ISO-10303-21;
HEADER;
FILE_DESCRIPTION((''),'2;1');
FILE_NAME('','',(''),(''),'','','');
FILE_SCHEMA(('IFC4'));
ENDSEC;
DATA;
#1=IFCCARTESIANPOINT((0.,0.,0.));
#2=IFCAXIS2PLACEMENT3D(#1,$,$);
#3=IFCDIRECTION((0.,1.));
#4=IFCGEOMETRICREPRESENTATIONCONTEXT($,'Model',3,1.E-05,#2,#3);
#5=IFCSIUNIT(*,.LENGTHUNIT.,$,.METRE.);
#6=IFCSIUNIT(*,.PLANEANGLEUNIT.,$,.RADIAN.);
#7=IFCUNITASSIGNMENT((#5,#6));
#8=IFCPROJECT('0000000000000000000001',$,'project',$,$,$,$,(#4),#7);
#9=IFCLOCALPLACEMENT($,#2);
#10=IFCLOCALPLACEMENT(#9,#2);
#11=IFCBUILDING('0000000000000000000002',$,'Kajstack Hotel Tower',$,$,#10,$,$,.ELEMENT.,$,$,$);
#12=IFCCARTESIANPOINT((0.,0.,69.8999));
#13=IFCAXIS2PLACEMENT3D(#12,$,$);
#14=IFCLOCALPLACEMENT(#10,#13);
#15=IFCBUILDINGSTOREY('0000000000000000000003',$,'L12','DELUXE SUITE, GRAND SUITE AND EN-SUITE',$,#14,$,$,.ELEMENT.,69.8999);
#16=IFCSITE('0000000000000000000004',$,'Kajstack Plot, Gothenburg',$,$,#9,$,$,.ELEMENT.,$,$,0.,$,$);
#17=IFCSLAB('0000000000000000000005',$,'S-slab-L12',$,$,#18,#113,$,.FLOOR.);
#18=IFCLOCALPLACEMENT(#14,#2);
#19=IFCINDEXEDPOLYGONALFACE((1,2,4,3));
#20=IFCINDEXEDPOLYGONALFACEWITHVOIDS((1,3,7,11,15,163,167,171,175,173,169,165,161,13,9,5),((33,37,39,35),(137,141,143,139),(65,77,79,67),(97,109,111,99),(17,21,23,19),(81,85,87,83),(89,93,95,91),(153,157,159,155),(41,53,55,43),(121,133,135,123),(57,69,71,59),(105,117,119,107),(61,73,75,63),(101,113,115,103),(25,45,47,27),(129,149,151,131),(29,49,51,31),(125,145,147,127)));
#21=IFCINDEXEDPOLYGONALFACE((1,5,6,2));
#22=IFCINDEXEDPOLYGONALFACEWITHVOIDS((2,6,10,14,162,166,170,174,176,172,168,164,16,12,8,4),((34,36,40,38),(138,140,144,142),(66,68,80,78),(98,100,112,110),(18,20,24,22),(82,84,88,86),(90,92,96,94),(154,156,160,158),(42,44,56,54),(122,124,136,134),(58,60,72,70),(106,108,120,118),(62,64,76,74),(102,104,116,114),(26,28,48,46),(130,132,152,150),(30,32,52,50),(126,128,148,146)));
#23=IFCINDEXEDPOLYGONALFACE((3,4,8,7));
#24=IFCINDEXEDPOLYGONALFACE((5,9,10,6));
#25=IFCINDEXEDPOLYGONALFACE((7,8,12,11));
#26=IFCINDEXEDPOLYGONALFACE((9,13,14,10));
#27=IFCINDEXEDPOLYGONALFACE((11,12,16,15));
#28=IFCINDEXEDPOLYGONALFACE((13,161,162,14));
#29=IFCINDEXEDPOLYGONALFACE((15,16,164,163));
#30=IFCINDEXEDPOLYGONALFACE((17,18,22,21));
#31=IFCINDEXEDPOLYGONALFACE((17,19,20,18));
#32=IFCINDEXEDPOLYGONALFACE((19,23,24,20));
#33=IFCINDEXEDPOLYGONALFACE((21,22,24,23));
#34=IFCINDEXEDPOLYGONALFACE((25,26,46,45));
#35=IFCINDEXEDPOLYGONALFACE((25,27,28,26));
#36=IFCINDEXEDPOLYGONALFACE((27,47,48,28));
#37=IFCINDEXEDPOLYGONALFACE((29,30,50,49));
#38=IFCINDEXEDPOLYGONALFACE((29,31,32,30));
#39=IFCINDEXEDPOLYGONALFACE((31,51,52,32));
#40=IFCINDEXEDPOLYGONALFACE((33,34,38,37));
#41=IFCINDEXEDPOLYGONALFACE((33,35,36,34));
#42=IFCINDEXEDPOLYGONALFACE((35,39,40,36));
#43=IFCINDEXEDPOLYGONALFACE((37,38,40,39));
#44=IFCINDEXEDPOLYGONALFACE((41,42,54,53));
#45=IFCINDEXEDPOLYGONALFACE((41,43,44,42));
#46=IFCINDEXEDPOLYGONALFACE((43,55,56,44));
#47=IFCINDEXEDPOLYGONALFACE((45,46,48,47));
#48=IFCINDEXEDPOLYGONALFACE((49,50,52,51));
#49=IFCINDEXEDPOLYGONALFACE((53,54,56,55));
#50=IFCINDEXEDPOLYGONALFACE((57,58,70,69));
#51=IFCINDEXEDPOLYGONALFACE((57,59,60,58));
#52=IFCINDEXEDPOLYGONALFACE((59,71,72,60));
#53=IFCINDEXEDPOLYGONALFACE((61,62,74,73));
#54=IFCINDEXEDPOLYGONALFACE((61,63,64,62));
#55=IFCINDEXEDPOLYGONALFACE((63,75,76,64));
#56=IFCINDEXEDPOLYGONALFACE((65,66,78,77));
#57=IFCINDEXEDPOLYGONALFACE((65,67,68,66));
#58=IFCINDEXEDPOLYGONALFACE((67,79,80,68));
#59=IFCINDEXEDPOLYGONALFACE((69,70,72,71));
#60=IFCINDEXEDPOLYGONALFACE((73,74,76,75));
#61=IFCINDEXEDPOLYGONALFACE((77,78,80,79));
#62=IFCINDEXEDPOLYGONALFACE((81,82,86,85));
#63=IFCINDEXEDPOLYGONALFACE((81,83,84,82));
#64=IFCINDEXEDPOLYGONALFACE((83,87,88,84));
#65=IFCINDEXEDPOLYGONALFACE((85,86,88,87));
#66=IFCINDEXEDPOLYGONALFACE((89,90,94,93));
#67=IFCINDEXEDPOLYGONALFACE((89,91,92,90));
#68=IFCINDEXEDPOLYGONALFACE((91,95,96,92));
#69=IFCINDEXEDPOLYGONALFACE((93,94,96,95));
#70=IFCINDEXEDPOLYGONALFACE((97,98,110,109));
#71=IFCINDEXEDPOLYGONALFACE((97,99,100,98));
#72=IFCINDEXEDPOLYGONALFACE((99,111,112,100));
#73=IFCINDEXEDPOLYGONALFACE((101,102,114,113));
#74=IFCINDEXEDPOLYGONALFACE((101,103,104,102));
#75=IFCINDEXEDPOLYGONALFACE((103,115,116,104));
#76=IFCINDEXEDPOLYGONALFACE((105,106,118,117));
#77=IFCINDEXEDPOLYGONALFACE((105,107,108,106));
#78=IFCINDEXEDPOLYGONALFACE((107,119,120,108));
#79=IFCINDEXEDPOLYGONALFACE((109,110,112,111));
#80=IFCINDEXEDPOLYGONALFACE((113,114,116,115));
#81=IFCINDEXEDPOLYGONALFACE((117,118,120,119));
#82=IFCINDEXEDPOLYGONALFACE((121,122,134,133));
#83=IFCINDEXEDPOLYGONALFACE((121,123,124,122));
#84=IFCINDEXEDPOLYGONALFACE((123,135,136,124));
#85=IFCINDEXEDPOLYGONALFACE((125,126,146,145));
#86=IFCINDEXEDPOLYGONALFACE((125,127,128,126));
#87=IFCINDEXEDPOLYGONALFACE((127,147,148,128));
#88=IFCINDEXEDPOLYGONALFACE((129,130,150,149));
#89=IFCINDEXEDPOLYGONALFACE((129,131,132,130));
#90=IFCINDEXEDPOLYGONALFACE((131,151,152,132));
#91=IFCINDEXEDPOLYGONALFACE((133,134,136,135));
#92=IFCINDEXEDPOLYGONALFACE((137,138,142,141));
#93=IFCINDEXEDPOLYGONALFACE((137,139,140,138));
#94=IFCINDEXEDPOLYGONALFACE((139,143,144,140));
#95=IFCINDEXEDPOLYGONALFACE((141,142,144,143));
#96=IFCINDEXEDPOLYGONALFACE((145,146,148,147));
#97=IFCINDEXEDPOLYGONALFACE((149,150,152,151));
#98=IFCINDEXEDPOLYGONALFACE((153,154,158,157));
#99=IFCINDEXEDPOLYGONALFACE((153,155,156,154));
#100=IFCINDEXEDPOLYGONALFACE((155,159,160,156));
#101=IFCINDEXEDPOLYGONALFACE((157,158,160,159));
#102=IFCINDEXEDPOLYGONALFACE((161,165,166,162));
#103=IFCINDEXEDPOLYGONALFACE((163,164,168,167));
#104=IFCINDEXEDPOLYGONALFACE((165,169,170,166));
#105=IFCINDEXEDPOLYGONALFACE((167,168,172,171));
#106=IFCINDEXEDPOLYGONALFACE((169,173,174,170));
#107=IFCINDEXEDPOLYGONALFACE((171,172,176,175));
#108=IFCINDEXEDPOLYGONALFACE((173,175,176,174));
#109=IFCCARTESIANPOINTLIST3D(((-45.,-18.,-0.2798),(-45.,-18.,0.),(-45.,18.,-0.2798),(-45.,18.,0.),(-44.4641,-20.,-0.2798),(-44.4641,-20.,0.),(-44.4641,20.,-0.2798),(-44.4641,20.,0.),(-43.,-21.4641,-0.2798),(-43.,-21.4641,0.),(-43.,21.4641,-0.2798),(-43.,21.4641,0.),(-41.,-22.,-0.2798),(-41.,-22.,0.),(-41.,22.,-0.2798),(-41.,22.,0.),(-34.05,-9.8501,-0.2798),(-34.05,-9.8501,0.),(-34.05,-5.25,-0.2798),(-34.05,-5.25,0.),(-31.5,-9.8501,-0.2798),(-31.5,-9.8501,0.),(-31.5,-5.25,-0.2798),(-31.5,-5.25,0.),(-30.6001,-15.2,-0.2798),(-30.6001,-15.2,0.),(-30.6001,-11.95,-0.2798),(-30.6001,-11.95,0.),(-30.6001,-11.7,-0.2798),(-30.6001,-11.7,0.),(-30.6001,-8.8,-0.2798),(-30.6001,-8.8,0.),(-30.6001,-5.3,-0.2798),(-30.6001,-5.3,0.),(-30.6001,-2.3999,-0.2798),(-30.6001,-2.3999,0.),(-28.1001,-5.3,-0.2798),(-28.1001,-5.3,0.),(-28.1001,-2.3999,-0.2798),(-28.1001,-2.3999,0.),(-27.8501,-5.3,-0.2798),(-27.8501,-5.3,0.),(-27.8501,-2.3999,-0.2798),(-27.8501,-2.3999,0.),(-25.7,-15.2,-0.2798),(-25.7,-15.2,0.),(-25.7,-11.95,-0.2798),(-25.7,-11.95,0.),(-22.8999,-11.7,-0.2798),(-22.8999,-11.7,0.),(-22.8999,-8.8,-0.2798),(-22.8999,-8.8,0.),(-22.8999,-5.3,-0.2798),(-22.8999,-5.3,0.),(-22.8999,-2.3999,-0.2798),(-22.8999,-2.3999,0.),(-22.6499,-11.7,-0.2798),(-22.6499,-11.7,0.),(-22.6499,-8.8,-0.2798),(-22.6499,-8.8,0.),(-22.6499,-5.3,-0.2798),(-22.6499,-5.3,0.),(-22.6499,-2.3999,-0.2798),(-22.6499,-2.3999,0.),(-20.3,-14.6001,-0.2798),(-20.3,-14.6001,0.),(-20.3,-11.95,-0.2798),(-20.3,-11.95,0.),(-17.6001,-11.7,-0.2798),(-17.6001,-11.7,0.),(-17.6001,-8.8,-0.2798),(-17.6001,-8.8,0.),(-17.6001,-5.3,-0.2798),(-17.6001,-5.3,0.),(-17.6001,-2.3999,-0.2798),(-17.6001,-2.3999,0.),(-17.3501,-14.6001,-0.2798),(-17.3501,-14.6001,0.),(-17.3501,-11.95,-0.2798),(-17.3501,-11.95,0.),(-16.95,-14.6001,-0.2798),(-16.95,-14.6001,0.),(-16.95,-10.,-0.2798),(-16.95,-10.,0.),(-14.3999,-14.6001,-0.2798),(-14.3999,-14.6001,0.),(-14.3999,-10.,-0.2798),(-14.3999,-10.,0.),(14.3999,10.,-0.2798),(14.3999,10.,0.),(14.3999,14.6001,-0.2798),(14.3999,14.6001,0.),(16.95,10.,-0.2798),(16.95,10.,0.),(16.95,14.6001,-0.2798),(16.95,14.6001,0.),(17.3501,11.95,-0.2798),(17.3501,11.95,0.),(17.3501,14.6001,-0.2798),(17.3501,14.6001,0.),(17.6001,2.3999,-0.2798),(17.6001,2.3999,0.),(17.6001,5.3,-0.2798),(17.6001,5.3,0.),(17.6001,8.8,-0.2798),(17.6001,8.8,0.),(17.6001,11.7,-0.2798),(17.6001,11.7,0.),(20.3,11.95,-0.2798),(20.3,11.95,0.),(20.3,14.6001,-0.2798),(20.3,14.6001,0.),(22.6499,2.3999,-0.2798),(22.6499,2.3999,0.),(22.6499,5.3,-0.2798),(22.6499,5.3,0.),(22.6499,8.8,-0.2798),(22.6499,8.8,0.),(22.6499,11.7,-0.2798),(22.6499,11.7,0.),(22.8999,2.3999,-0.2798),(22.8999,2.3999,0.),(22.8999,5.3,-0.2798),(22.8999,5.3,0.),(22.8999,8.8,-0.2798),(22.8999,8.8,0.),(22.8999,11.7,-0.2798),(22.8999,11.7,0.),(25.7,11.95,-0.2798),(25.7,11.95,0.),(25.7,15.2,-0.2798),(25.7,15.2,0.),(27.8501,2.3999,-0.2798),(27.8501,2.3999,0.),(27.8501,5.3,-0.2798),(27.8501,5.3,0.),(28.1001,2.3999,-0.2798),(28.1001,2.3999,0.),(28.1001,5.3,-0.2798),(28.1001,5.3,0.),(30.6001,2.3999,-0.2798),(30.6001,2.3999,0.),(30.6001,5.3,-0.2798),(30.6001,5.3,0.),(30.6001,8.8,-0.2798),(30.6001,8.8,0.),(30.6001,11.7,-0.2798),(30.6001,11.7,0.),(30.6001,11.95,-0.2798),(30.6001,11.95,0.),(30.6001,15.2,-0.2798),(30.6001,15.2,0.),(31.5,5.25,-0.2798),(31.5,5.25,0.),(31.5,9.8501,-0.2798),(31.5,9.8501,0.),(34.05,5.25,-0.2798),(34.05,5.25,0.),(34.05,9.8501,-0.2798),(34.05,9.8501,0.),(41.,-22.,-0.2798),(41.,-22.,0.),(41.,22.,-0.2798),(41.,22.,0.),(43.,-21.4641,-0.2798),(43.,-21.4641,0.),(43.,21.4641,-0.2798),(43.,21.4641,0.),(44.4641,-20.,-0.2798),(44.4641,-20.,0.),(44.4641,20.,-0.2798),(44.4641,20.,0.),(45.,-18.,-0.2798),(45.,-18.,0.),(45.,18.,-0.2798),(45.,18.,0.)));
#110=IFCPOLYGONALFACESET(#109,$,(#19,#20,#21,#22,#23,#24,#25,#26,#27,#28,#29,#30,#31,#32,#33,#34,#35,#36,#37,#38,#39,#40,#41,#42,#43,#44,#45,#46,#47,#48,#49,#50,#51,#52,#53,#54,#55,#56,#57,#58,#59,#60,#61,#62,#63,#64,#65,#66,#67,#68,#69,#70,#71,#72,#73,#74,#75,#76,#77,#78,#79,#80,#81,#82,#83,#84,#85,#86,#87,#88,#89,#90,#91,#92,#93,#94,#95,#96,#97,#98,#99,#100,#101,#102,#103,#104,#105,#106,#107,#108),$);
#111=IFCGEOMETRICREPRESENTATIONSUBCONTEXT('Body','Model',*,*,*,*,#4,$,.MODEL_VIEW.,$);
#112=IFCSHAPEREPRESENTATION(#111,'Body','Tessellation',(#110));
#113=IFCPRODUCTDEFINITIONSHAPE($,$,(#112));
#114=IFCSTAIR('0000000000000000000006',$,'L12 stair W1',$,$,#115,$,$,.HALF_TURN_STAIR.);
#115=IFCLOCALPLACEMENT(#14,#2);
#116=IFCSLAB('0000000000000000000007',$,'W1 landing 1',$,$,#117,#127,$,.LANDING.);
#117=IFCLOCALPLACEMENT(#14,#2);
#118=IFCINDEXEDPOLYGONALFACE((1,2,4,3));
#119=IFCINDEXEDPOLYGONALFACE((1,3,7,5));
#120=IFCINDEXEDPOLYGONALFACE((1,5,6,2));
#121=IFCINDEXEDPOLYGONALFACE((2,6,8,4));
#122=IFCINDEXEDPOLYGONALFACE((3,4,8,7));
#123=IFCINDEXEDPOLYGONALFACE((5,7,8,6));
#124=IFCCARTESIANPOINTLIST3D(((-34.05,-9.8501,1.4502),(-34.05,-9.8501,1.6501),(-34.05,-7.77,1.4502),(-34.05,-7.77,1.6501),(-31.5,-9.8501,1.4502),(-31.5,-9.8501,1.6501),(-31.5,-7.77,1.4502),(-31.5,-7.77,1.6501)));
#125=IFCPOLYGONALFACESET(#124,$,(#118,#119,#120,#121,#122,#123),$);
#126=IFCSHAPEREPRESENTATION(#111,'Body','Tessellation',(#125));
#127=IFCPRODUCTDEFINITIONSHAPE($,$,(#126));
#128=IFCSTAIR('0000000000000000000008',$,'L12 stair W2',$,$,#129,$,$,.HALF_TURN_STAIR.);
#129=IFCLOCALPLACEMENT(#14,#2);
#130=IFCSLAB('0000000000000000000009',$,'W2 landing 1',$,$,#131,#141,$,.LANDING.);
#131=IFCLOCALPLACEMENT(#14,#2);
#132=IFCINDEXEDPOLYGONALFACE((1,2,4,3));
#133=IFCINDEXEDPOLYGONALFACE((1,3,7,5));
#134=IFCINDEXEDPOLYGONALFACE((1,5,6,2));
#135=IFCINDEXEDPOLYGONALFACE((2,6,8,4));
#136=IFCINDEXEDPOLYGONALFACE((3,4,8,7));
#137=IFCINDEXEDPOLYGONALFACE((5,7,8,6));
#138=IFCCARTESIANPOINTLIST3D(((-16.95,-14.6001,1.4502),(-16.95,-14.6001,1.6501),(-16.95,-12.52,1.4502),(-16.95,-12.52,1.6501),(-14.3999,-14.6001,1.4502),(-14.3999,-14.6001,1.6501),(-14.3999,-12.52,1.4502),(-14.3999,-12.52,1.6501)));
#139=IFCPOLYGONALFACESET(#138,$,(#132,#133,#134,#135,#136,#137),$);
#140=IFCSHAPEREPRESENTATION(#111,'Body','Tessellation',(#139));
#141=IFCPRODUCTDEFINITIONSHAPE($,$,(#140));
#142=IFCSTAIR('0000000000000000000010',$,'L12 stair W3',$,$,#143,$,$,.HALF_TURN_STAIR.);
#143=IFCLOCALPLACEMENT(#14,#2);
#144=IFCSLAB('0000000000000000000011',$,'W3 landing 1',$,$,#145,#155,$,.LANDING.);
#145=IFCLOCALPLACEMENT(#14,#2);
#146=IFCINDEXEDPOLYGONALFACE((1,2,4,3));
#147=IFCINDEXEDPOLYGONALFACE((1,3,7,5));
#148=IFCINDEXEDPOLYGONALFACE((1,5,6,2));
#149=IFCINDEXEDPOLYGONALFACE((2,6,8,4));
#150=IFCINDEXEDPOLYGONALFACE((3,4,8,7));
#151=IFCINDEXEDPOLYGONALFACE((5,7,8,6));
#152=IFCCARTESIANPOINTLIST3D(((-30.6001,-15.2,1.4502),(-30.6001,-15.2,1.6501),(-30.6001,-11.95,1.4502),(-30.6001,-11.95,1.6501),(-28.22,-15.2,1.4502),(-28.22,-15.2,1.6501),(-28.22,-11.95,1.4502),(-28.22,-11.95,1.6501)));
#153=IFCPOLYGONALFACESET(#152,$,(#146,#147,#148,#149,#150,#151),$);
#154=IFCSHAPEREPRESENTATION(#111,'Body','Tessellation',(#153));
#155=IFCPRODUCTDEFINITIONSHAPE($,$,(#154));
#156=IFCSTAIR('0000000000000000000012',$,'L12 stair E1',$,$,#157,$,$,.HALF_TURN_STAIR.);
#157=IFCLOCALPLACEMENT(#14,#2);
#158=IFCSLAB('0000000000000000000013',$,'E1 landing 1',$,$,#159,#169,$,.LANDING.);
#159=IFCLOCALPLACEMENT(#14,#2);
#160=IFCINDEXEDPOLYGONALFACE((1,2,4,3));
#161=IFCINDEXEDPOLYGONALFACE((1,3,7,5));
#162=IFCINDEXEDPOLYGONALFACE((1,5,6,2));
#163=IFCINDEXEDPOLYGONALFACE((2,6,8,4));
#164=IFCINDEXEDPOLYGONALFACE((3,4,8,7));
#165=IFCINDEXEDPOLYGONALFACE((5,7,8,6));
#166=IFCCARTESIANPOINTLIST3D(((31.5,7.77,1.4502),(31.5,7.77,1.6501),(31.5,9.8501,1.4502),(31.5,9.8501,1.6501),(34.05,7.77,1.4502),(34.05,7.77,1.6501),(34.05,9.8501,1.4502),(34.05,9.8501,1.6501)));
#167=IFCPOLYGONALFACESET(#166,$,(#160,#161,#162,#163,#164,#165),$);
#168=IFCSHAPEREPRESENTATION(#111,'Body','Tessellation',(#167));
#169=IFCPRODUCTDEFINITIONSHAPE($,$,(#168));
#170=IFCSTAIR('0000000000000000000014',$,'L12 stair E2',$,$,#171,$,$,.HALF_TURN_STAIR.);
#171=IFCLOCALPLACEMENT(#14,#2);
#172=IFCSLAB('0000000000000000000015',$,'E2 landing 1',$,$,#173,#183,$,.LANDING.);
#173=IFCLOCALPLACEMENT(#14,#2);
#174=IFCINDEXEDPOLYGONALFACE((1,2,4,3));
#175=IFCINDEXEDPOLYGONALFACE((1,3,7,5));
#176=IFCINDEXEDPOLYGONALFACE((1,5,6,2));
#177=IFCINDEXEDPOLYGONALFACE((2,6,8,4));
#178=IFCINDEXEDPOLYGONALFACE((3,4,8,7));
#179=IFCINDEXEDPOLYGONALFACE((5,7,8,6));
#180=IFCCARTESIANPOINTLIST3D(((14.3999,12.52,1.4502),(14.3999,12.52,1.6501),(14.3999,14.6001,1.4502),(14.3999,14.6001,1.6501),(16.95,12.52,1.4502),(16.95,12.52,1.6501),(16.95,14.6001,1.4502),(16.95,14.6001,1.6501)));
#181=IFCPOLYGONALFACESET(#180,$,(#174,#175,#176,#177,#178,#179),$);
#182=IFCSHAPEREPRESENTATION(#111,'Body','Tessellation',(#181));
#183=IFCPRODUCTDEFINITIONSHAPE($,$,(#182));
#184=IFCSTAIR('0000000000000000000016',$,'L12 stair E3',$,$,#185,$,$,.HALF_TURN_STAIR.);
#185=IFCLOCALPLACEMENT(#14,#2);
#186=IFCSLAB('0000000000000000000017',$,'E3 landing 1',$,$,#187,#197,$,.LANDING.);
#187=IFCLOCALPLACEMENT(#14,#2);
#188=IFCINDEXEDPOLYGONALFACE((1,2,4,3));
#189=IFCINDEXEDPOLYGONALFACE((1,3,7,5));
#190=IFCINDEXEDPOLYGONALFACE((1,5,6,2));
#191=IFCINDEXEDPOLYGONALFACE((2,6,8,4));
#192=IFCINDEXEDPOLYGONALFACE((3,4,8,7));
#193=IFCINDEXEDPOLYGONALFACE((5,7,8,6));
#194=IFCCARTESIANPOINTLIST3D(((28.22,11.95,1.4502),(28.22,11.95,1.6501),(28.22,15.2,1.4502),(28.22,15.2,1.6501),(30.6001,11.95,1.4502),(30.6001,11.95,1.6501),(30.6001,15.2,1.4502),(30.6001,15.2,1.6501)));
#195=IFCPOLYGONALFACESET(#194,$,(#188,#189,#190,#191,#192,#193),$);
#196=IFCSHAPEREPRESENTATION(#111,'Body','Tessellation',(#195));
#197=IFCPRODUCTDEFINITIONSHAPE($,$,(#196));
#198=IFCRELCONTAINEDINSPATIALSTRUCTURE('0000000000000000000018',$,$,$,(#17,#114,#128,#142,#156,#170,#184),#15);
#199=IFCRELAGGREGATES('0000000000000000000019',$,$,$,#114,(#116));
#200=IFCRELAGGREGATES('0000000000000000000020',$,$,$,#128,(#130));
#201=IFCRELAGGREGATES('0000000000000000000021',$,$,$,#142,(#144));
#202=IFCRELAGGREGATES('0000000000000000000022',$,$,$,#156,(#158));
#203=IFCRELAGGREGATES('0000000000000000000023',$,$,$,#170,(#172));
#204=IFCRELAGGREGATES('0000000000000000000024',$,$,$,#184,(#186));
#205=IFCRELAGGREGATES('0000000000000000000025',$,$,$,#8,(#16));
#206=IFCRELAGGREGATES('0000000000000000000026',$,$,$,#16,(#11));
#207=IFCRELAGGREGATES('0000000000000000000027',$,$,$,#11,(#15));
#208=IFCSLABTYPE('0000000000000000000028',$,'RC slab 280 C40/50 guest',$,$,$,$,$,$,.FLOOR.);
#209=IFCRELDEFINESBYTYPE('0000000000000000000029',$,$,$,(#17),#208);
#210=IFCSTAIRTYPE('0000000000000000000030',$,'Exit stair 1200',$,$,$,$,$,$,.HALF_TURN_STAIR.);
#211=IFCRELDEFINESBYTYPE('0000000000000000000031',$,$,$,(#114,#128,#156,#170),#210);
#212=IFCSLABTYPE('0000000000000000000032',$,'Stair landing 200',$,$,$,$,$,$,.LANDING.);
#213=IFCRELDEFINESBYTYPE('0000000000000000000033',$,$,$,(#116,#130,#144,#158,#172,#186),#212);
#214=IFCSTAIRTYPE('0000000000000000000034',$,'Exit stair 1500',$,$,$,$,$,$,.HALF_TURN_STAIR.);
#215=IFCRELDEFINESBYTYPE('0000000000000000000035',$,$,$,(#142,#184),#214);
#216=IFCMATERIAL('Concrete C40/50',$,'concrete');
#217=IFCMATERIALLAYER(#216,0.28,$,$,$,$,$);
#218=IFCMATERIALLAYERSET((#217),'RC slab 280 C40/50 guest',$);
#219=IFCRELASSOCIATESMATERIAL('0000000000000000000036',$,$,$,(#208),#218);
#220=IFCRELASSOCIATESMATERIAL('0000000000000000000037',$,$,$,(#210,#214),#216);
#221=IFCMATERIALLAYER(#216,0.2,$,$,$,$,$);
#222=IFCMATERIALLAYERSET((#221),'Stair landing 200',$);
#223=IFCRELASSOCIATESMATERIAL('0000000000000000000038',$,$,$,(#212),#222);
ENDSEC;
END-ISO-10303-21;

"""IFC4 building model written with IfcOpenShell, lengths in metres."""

from ifc_helpers import new_model, si_unit, direction, frame, origin, place, context, subcontext, project, spatial, polyline, outline, extrude, material, layer, layer_set, type_object, element, aggregate, save


model = new_model("IFC4")

# Units and contexts
model_context = context("Model", 3, precision=1e-05, world=origin(), true_north=direction((0.0, 1.0)))
body_context = subcontext(model_context, "Body", "Model", "MODEL_VIEW")
ifc_project = project(units=[si_unit("LENGTHUNIT", "METRE"), si_unit("PLANEANGLEUNIT", "RADIAN")], contexts=[model_context])

# Site, building, storey
site_placement = place(None, origin())
site = spatial("IfcSite", under=ifc_project, at=site_placement, Name="Kajstack Plot, Gothenburg", CompositionType="ELEMENT", RefElevation=0.0)
building_placement = place(site_placement, origin())
building = spatial("IfcBuilding", under=site, at=building_placement, Name="Kajstack Hotel Tower", CompositionType="ELEMENT")
storey_placement = place(building_placement, frame((0.0, 0.0, 69.8999)))
storey = spatial("IfcBuildingStorey", under=building, at=storey_placement, Name="L12", Description="DELUXE SUITE, GRAND SUITE AND EN-SUITE", CompositionType="ELEMENT", Elevation=69.8999)

# Slab
ifc_material_1 = material(Name="Concrete C40/50", Category="concrete")
ifc_layer_1 = layer(ifc_material_1, 0.28)
ifc_layer_set_1 = layer_set([ifc_layer_1], Name="RC slab 280 C40/50 guest")
slab_type_1 = type_object("IfcSlabType", Name="RC slab 280 C40/50 guest", PredefinedType="FLOOR", material=ifc_layer_set_1)
slab_1_placement = place(storey_placement, frame((0.0, 0.0, -0.2798)))
element("IfcSlab", 1, at=slab_1_placement, inside=storey, type_object=slab_type_1, Name="S-slab-L12", PredefinedType="FLOOR", context=body_context, shape_type="SweptSolid", body=[
    extrude(outline(polyline([(-45.0, -18.0), (-44.4641, -20.0), (-43.0, -21.4641), (-41.0, -22.0), (41.0, -22.0), (43.0, -21.4641), (44.4641, -20.0), (45.0, -18.0), (45.0, 18.0), (44.4641, 20.0), (43.0, 21.4641), (41.0, 22.0), (-41.0, 22.0), (-43.0, 21.4641), (-44.4641, 20.0), (-45.0, 18.0), (-45.0, -18.0)]), holes=[polyline([(-30.6001, -11.7), (-30.6001, -8.8), (-22.8999, -8.8), (-22.8999, -11.7), (-30.6001, -11.7)]), polyline([(-22.6499, -11.7), (-22.6499, -8.8), (-17.6001, -8.8), (-17.6001, -11.7), (-22.6499, -11.7)]), polyline([(-27.8501, -5.3), (-27.8501, -2.3999), (-22.8999, -2.3999), (-22.8999, -5.3), (-27.8501, -5.3)]), polyline([(-22.6499, -5.3), (-22.6499, -2.3999), (-17.6001, -2.3999), (-17.6001, -5.3), (-22.6499, -5.3)]), polyline([(-20.3, -14.6001), (-17.3501, -14.6001), (-17.3501, -11.95), (-20.3, -11.95), (-20.3, -14.6001)]), polyline([(-30.6001, -5.3), (-28.1001, -5.3), (-28.1001, -2.3999), (-30.6001, -2.3999), (-30.6001, -5.3)]), polyline([(22.8999, 8.8), (22.8999, 11.7), (30.6001, 11.7), (30.6001, 8.8), (22.8999, 8.8)]), polyline([(17.6001, 8.8), (17.6001, 11.7), (22.6499, 11.7), (22.6499, 8.8), (17.6001, 8.8)]), polyline([(22.8999, 2.3999), (22.8999, 5.3), (27.8501, 5.3), (27.8501, 2.3999), (22.8999, 2.3999)]), polyline([(17.6001, 2.3999), (17.6001, 5.3), (22.6499, 5.3), (22.6499, 2.3999), (17.6001, 2.3999)]), polyline([(20.3, 14.6001), (17.3501, 14.6001), (17.3501, 11.95), (20.3, 11.95), (20.3, 14.6001)]), polyline([(30.6001, 5.3), (28.1001, 5.3), (28.1001, 2.3999), (30.6001, 2.3999), (30.6001, 5.3)]), polyline([(-34.05, -9.8501), (-31.5, -9.8501), (-31.5, -5.25), (-34.05, -5.25), (-34.05, -9.8501)]), polyline([(-16.95, -14.6001), (-14.3999, -14.6001), (-14.3999, -10.0), (-16.95, -10.0), (-16.95, -14.6001)]), polyline([(-30.6001, -15.2), (-25.7, -15.2), (-25.7, -11.95), (-30.6001, -11.95), (-30.6001, -15.2)]), polyline([(34.05, 9.8501), (31.5, 9.8501), (31.5, 5.25), (34.05, 5.25), (34.05, 9.8501)]), polyline([(16.95, 14.6001), (14.3999, 14.6001), (14.3999, 10.0), (16.95, 10.0), (16.95, 14.6001)]), polyline([(30.6001, 15.2), (25.7, 15.2), (25.7, 11.95), (30.6001, 11.95), (30.6001, 15.2)])]), origin(), (0.0, 0.0, 1.0), 0.2798),
])

# Stairs, slabs
stair_type_1 = type_object("IfcStairType", Name="Exit stair 1200", PredefinedType="HALF_TURN_STAIR", material=ifc_material_1)
stair_1_placement = place(storey_placement, origin())
stair_1 = element("IfcStair", 2, at=stair_1_placement, inside=storey, type_object=stair_type_1, Name="L12 stair W1", PredefinedType="HALF_TURN_STAIR")
ifc_layer_2 = layer(ifc_material_1, 0.2)
ifc_layer_set_2 = layer_set([ifc_layer_2], Name="Stair landing 200")
slab_type_2 = type_object("IfcSlabType", Name="Stair landing 200", PredefinedType="LANDING", material=ifc_layer_set_2)
slab_2_placement = place(storey_placement, frame((0.0, 0.0, 1.4502)))
slab_2 = element("IfcSlab", 3, at=slab_2_placement, type_object=slab_type_2, Name="W1 landing 1", PredefinedType="LANDING", context=body_context, shape_type="SweptSolid", body=[
    extrude(outline(polyline([(-34.05, -7.77), (-34.05, -9.8501), (-31.5, -9.8501), (-31.5, -7.77), (-34.05, -7.77)])), origin(), (0.0, 0.0, 1.0), 0.2),
])
aggregate(stair_1, [slab_2])
stair_2_placement = place(storey_placement, origin())
stair_2 = element("IfcStair", 4, at=stair_2_placement, inside=storey, type_object=stair_type_1, Name="L12 stair W2", PredefinedType="HALF_TURN_STAIR")
slab_3_placement = place(storey_placement, frame((0.0, 0.0, 1.4502)))
slab_3 = element("IfcSlab", 5, at=slab_3_placement, type_object=slab_type_2, Name="W2 landing 1", PredefinedType="LANDING", context=body_context, shape_type="SweptSolid", body=[
    extrude(outline(polyline([(-16.95, -12.52), (-16.95, -14.6001), (-14.3999, -14.6001), (-14.3999, -12.52), (-16.95, -12.52)])), origin(), (0.0, 0.0, 1.0), 0.2),
])
aggregate(stair_2, [slab_3])
stair_type_2 = type_object("IfcStairType", Name="Exit stair 1500", PredefinedType="HALF_TURN_STAIR", material=ifc_material_1)
stair_3_placement = place(storey_placement, origin())
stair_3 = element("IfcStair", 6, at=stair_3_placement, inside=storey, type_object=stair_type_2, Name="L12 stair W3", PredefinedType="HALF_TURN_STAIR")
slab_4_placement = place(storey_placement, frame((0.0, 0.0, 1.4502)))
slab_4 = element("IfcSlab", 7, at=slab_4_placement, type_object=slab_type_2, Name="W3 landing 1", PredefinedType="LANDING", context=body_context, shape_type="SweptSolid", body=[
    extrude(outline(polyline([(-28.22, -11.95), (-30.6001, -11.95), (-30.6001, -15.2), (-28.22, -15.2), (-28.22, -11.95)])), origin(), (0.0, 0.0, 1.0), 0.2),
])
aggregate(stair_3, [slab_4])
stair_4_placement = place(storey_placement, origin())
stair_4 = element("IfcStair", 8, at=stair_4_placement, inside=storey, type_object=stair_type_1, Name="L12 stair E1", PredefinedType="HALF_TURN_STAIR")
slab_5_placement = place(storey_placement, frame((0.0, 0.0, 1.4502)))
slab_5 = element("IfcSlab", 9, at=slab_5_placement, type_object=slab_type_2, Name="E1 landing 1", PredefinedType="LANDING", context=body_context, shape_type="SweptSolid", body=[
    extrude(outline(polyline([(34.05, 7.77), (34.05, 9.8501), (31.5, 9.8501), (31.5, 7.77), (34.05, 7.77)])), origin(), (0.0, 0.0, 1.0), 0.2),
])
aggregate(stair_4, [slab_5])
stair_5_placement = place(storey_placement, origin())
stair_5 = element("IfcStair", 10, at=stair_5_placement, inside=storey, type_object=stair_type_1, Name="L12 stair E2", PredefinedType="HALF_TURN_STAIR")
slab_6_placement = place(storey_placement, frame((0.0, 0.0, 1.4502)))
slab_6 = element("IfcSlab", 11, at=slab_6_placement, type_object=slab_type_2, Name="E2 landing 1", PredefinedType="LANDING", context=body_context, shape_type="SweptSolid", body=[
    extrude(outline(polyline([(16.95, 12.52), (16.95, 14.6001), (14.3999, 14.6001), (14.3999, 12.52), (16.95, 12.52)])), origin(), (0.0, 0.0, 1.0), 0.2),
])
aggregate(stair_5, [slab_6])
stair_6_placement = place(storey_placement, origin())
stair_6 = element("IfcStair", 12, at=stair_6_placement, inside=storey, type_object=stair_type_2, Name="L12 stair E3", PredefinedType="HALF_TURN_STAIR")
slab_7_placement = place(storey_placement, frame((0.0, 0.0, 1.4502)))
slab_7 = element("IfcSlab", 13, at=slab_7_placement, type_object=slab_type_2, Name="E3 landing 1", PredefinedType="LANDING", context=body_context, shape_type="SweptSolid", body=[
    extrude(outline(polyline([(28.22, 11.95), (30.6001, 11.95), (30.6001, 15.2), (28.22, 15.2), (28.22, 11.95)])), origin(), (0.0, 0.0, 1.0), 0.2),
])
aggregate(stair_6, [slab_7])

save(model, "model.ifc")
